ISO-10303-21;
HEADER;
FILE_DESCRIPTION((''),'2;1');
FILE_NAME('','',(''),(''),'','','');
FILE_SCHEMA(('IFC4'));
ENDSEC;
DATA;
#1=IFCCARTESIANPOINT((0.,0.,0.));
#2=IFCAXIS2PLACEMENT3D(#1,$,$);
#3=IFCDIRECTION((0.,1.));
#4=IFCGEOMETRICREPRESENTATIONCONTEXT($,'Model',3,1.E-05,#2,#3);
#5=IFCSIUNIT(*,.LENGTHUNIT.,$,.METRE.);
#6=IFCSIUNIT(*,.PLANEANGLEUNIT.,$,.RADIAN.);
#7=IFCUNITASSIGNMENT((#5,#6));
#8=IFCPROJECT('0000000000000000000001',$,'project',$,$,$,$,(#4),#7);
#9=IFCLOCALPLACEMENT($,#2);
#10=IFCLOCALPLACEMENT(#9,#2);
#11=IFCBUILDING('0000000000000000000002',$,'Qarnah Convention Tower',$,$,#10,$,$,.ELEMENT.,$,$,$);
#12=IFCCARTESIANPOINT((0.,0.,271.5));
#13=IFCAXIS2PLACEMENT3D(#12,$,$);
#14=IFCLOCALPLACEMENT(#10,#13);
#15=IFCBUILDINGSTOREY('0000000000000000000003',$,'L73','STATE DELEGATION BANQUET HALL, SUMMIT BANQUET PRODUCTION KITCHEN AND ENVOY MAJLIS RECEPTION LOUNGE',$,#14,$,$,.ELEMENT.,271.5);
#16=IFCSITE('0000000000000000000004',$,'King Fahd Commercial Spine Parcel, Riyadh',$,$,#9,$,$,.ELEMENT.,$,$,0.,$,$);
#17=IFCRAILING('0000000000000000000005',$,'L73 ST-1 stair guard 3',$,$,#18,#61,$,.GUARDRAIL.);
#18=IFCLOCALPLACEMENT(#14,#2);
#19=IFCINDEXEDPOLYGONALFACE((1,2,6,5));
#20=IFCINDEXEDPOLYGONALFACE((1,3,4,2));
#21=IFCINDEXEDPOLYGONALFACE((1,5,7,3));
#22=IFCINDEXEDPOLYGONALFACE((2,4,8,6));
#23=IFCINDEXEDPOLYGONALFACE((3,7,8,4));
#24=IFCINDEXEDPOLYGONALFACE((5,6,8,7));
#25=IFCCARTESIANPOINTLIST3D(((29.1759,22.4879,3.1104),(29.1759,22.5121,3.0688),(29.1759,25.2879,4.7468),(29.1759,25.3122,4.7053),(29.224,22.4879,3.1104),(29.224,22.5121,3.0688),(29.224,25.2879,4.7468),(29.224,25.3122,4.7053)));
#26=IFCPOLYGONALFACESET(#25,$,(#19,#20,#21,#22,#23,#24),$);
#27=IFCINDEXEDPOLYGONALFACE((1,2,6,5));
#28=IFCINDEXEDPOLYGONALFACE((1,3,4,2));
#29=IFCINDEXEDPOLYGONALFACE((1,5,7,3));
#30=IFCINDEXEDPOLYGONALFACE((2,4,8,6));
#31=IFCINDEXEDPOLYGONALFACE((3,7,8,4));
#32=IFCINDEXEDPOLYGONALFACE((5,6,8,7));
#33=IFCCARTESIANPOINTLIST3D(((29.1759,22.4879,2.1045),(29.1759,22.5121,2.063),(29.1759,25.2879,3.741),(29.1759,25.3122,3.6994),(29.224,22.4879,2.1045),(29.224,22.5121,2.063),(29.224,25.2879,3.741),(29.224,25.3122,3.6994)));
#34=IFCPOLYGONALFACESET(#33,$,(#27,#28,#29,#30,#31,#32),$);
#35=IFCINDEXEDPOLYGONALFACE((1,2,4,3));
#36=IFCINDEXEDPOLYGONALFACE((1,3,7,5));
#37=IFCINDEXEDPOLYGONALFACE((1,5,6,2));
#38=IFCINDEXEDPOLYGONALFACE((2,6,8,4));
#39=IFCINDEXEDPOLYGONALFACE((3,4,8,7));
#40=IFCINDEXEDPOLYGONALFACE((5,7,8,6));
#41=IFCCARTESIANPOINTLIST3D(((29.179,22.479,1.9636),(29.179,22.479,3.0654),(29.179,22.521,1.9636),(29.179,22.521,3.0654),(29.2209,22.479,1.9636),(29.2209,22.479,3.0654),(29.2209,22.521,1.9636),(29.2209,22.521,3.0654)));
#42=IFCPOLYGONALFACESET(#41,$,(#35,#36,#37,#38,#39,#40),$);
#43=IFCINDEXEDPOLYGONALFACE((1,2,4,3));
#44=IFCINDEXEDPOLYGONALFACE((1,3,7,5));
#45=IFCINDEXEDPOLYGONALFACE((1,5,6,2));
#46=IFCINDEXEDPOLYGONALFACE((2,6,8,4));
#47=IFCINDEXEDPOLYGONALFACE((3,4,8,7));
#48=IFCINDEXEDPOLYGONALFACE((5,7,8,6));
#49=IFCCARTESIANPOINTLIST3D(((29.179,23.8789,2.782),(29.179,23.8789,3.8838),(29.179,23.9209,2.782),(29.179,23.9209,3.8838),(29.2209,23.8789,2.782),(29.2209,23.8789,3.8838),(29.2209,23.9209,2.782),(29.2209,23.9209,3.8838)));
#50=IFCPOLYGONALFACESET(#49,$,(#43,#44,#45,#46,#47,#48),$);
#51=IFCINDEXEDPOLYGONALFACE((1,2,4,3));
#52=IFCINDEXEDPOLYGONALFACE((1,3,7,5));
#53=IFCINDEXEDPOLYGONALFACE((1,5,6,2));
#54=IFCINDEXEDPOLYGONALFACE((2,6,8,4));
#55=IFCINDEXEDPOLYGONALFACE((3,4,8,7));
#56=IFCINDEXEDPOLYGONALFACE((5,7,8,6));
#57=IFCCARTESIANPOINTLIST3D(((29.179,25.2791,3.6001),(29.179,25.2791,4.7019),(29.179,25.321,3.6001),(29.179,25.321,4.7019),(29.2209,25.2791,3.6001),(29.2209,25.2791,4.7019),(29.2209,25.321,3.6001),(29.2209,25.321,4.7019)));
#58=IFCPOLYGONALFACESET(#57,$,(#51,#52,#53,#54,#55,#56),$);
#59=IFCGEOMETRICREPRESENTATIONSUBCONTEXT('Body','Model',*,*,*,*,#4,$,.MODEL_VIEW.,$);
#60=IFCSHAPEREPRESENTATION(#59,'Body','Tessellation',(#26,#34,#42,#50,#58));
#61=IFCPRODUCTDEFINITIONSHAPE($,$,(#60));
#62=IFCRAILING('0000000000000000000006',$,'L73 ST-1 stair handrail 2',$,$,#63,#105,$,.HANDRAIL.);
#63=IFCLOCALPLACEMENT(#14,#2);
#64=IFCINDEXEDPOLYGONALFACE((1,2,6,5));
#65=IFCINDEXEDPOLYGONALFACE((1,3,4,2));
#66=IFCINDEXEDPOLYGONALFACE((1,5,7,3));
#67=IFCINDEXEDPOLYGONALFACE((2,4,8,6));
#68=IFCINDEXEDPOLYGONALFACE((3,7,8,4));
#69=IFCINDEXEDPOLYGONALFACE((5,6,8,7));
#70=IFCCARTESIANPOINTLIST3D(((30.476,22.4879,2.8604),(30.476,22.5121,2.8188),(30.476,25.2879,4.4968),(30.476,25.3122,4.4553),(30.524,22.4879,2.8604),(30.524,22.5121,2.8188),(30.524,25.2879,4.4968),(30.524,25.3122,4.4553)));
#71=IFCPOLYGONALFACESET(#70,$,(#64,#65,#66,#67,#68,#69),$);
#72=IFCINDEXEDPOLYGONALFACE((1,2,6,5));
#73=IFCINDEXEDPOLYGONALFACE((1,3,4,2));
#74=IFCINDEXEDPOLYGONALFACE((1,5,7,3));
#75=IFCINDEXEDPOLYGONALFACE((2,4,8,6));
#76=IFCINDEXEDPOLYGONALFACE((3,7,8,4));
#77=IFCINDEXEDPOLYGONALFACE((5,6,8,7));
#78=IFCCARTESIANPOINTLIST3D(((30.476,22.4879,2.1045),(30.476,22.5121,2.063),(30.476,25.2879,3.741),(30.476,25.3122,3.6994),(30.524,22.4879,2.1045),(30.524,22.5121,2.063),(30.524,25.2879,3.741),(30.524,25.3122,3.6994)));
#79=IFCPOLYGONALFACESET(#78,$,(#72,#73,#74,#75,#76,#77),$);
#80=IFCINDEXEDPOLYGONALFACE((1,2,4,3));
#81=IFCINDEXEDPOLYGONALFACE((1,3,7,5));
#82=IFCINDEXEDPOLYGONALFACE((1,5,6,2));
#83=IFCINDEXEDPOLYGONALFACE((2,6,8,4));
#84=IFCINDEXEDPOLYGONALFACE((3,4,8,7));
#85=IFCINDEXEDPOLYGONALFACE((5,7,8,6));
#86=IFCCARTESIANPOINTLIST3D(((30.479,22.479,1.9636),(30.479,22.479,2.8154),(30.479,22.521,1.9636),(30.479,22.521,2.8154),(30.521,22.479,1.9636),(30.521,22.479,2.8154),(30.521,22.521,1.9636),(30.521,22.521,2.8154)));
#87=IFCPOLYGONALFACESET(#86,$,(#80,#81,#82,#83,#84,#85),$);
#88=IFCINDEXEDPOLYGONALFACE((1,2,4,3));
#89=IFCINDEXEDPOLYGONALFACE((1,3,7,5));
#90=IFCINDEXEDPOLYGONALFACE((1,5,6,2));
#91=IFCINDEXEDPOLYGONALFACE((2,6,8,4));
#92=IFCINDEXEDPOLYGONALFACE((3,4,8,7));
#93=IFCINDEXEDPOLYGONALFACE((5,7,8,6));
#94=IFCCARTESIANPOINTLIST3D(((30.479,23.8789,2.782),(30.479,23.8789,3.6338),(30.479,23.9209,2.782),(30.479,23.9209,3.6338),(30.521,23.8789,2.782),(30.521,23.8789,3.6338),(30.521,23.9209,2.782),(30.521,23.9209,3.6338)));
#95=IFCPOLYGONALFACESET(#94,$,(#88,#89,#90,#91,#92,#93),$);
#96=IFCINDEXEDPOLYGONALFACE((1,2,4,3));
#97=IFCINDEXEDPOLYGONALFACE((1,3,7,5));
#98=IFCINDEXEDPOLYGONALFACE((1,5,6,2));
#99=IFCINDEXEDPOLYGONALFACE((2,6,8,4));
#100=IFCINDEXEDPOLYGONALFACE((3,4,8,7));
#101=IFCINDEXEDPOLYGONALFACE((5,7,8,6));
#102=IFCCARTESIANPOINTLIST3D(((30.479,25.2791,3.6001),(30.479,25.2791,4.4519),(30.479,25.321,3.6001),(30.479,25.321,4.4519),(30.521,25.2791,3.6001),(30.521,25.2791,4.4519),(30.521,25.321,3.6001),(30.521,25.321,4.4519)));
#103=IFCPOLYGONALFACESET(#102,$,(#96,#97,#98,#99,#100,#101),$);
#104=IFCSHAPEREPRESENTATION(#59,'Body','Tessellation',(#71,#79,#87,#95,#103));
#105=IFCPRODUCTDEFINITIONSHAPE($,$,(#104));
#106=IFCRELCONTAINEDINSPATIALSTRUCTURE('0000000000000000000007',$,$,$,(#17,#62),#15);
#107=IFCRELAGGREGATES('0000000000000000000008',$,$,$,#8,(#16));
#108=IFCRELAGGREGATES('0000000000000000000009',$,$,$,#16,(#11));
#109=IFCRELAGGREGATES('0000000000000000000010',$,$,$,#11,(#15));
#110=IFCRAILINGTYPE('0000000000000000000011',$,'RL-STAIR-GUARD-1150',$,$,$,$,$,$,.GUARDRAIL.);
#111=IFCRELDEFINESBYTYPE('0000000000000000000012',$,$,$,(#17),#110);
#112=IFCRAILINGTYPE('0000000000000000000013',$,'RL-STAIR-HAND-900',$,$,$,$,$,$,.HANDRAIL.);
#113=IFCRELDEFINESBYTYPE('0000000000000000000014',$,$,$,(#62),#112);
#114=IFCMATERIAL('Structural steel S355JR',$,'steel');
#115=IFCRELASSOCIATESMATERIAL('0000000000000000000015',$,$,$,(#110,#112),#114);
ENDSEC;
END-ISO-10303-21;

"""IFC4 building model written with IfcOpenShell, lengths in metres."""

from ifc_helpers import new_model, si_unit, direction, frame, origin, origin_2d, place, context, subcontext, project, spatial, rectangle, extrude, material, type_object, element, save


model = new_model("IFC4")

# Units and contexts
model_context = context("Model", 3, precision=1e-05, world=origin(), true_north=direction((0.0, 1.0)))
body_context = subcontext(model_context, "Body", "Model", "MODEL_VIEW")
ifc_project = project(units=[si_unit("LENGTHUNIT", "METRE"), si_unit("PLANEANGLEUNIT", "RADIAN")], contexts=[model_context])

# Site, building, storey
site_placement = place(None, origin())
site = spatial("IfcSite", under=ifc_project, at=site_placement, Name="King Fahd Commercial Spine Parcel, Riyadh", CompositionType="ELEMENT", RefElevation=0.0)
building_placement = place(site_placement, origin())
building = spatial("IfcBuilding", under=site, at=building_placement, Name="Qarnah Convention Tower", CompositionType="ELEMENT")
storey_placement = place(building_placement, frame((0.0, 0.0, 271.5)))
storey = spatial("IfcBuildingStorey", under=building, at=storey_placement, Name="L73", Description="STATE DELEGATION BANQUET HALL, SUMMIT BANQUET PRODUCTION KITCHEN AND ENVOY MAJLIS RECEPTION LOUNGE", CompositionType="ELEMENT", Elevation=271.5)

# Shared definitions
ifc_material_1 = material(Name="Structural steel S355JR", Category="steel")

# Railings
railing_type_1 = type_object("IfcRailingType", Name="RL-STAIR-GUARD-1150", PredefinedType="GUARDRAIL", material=ifc_material_1)
railing_1_placement = place(storey_placement, frame((29.2, 22.5, 1.9636)))
element("IfcRailing", 1, at=railing_1_placement, inside=storey, type_object=railing_type_1, Name="L73 ST-1 stair guard 3", PredefinedType="GUARDRAIL", context=body_context, shape_type="SweptSolid", body=[
    extrude(rectangle(XDim=0.0481, YDim=0.0481, at=origin_2d()), frame((0.0, 0.0, 1.126), z_axis=(0.0, 0.863361, 0.504587), x_axis=(-1.0, 0.0, 0.0)), (0.0, 0.0, 1.0), 3.2432),
    extrude(rectangle(XDim=0.0481, YDim=0.0481, at=origin_2d()), frame((0.0, 0.0, 0.1201), z_axis=(0.0, 0.863361, 0.504587), x_axis=(-1.0, 0.0, 0.0)), (0.0, 0.0, 1.0), 3.2432),
    extrude(rectangle(XDim=0.042, YDim=0.042, at=origin_2d()), origin(), (0.0, 0.0, 1.0), 1.1018),
    extrude(rectangle(XDim=0.042, YDim=0.042, at=origin_2d()), frame((0.0, 1.3999, 0.8184)), (0.0, 0.0, 1.0), 1.1018),
    extrude(rectangle(XDim=0.042, YDim=0.042, at=origin_2d()), frame((0.0, 2.8, 1.6365)), (0.0, 0.0, 1.0), 1.1018),
])
railing_type_2 = type_object("IfcRailingType", Name="RL-STAIR-HAND-900", PredefinedType="HANDRAIL", material=ifc_material_1)
railing_2_placement = place(storey_placement, frame((30.5, 22.5, 1.9636)))
element("IfcRailing", 2, at=railing_2_placement, inside=storey, type_object=railing_type_2, Name="L73 ST-1 stair handrail 2", PredefinedType="HANDRAIL", context=body_context, shape_type="SweptSolid", body=[
    extrude(rectangle(XDim=0.0481, YDim=0.0481, at=origin_2d()), frame((0.0, 0.0, 0.876), z_axis=(0.0, 0.863361, 0.504587), x_axis=(-1.0, 0.0, 0.0)), (0.0, 0.0, 1.0), 3.2432),
    extrude(rectangle(XDim=0.0481, YDim=0.0481, at=origin_2d()), frame((0.0, 0.0, 0.1201), z_axis=(0.0, 0.863361, 0.504587), x_axis=(-1.0, 0.0, 0.0)), (0.0, 0.0, 1.0), 3.2432),
    extrude(rectangle(XDim=0.042, YDim=0.042, at=origin_2d()), origin(), (0.0, 0.0, 1.0), 0.8518),
    extrude(rectangle(XDim=0.042, YDim=0.042, at=origin_2d()), frame((0.0, 1.3999, 0.8184)), (0.0, 0.0, 1.0), 0.8518),
    extrude(rectangle(XDim=0.042, YDim=0.042, at=origin_2d()), frame((0.0, 2.8, 1.6365)), (0.0, 0.0, 1.0), 0.8518),
])

save(model, "model.ifc")
